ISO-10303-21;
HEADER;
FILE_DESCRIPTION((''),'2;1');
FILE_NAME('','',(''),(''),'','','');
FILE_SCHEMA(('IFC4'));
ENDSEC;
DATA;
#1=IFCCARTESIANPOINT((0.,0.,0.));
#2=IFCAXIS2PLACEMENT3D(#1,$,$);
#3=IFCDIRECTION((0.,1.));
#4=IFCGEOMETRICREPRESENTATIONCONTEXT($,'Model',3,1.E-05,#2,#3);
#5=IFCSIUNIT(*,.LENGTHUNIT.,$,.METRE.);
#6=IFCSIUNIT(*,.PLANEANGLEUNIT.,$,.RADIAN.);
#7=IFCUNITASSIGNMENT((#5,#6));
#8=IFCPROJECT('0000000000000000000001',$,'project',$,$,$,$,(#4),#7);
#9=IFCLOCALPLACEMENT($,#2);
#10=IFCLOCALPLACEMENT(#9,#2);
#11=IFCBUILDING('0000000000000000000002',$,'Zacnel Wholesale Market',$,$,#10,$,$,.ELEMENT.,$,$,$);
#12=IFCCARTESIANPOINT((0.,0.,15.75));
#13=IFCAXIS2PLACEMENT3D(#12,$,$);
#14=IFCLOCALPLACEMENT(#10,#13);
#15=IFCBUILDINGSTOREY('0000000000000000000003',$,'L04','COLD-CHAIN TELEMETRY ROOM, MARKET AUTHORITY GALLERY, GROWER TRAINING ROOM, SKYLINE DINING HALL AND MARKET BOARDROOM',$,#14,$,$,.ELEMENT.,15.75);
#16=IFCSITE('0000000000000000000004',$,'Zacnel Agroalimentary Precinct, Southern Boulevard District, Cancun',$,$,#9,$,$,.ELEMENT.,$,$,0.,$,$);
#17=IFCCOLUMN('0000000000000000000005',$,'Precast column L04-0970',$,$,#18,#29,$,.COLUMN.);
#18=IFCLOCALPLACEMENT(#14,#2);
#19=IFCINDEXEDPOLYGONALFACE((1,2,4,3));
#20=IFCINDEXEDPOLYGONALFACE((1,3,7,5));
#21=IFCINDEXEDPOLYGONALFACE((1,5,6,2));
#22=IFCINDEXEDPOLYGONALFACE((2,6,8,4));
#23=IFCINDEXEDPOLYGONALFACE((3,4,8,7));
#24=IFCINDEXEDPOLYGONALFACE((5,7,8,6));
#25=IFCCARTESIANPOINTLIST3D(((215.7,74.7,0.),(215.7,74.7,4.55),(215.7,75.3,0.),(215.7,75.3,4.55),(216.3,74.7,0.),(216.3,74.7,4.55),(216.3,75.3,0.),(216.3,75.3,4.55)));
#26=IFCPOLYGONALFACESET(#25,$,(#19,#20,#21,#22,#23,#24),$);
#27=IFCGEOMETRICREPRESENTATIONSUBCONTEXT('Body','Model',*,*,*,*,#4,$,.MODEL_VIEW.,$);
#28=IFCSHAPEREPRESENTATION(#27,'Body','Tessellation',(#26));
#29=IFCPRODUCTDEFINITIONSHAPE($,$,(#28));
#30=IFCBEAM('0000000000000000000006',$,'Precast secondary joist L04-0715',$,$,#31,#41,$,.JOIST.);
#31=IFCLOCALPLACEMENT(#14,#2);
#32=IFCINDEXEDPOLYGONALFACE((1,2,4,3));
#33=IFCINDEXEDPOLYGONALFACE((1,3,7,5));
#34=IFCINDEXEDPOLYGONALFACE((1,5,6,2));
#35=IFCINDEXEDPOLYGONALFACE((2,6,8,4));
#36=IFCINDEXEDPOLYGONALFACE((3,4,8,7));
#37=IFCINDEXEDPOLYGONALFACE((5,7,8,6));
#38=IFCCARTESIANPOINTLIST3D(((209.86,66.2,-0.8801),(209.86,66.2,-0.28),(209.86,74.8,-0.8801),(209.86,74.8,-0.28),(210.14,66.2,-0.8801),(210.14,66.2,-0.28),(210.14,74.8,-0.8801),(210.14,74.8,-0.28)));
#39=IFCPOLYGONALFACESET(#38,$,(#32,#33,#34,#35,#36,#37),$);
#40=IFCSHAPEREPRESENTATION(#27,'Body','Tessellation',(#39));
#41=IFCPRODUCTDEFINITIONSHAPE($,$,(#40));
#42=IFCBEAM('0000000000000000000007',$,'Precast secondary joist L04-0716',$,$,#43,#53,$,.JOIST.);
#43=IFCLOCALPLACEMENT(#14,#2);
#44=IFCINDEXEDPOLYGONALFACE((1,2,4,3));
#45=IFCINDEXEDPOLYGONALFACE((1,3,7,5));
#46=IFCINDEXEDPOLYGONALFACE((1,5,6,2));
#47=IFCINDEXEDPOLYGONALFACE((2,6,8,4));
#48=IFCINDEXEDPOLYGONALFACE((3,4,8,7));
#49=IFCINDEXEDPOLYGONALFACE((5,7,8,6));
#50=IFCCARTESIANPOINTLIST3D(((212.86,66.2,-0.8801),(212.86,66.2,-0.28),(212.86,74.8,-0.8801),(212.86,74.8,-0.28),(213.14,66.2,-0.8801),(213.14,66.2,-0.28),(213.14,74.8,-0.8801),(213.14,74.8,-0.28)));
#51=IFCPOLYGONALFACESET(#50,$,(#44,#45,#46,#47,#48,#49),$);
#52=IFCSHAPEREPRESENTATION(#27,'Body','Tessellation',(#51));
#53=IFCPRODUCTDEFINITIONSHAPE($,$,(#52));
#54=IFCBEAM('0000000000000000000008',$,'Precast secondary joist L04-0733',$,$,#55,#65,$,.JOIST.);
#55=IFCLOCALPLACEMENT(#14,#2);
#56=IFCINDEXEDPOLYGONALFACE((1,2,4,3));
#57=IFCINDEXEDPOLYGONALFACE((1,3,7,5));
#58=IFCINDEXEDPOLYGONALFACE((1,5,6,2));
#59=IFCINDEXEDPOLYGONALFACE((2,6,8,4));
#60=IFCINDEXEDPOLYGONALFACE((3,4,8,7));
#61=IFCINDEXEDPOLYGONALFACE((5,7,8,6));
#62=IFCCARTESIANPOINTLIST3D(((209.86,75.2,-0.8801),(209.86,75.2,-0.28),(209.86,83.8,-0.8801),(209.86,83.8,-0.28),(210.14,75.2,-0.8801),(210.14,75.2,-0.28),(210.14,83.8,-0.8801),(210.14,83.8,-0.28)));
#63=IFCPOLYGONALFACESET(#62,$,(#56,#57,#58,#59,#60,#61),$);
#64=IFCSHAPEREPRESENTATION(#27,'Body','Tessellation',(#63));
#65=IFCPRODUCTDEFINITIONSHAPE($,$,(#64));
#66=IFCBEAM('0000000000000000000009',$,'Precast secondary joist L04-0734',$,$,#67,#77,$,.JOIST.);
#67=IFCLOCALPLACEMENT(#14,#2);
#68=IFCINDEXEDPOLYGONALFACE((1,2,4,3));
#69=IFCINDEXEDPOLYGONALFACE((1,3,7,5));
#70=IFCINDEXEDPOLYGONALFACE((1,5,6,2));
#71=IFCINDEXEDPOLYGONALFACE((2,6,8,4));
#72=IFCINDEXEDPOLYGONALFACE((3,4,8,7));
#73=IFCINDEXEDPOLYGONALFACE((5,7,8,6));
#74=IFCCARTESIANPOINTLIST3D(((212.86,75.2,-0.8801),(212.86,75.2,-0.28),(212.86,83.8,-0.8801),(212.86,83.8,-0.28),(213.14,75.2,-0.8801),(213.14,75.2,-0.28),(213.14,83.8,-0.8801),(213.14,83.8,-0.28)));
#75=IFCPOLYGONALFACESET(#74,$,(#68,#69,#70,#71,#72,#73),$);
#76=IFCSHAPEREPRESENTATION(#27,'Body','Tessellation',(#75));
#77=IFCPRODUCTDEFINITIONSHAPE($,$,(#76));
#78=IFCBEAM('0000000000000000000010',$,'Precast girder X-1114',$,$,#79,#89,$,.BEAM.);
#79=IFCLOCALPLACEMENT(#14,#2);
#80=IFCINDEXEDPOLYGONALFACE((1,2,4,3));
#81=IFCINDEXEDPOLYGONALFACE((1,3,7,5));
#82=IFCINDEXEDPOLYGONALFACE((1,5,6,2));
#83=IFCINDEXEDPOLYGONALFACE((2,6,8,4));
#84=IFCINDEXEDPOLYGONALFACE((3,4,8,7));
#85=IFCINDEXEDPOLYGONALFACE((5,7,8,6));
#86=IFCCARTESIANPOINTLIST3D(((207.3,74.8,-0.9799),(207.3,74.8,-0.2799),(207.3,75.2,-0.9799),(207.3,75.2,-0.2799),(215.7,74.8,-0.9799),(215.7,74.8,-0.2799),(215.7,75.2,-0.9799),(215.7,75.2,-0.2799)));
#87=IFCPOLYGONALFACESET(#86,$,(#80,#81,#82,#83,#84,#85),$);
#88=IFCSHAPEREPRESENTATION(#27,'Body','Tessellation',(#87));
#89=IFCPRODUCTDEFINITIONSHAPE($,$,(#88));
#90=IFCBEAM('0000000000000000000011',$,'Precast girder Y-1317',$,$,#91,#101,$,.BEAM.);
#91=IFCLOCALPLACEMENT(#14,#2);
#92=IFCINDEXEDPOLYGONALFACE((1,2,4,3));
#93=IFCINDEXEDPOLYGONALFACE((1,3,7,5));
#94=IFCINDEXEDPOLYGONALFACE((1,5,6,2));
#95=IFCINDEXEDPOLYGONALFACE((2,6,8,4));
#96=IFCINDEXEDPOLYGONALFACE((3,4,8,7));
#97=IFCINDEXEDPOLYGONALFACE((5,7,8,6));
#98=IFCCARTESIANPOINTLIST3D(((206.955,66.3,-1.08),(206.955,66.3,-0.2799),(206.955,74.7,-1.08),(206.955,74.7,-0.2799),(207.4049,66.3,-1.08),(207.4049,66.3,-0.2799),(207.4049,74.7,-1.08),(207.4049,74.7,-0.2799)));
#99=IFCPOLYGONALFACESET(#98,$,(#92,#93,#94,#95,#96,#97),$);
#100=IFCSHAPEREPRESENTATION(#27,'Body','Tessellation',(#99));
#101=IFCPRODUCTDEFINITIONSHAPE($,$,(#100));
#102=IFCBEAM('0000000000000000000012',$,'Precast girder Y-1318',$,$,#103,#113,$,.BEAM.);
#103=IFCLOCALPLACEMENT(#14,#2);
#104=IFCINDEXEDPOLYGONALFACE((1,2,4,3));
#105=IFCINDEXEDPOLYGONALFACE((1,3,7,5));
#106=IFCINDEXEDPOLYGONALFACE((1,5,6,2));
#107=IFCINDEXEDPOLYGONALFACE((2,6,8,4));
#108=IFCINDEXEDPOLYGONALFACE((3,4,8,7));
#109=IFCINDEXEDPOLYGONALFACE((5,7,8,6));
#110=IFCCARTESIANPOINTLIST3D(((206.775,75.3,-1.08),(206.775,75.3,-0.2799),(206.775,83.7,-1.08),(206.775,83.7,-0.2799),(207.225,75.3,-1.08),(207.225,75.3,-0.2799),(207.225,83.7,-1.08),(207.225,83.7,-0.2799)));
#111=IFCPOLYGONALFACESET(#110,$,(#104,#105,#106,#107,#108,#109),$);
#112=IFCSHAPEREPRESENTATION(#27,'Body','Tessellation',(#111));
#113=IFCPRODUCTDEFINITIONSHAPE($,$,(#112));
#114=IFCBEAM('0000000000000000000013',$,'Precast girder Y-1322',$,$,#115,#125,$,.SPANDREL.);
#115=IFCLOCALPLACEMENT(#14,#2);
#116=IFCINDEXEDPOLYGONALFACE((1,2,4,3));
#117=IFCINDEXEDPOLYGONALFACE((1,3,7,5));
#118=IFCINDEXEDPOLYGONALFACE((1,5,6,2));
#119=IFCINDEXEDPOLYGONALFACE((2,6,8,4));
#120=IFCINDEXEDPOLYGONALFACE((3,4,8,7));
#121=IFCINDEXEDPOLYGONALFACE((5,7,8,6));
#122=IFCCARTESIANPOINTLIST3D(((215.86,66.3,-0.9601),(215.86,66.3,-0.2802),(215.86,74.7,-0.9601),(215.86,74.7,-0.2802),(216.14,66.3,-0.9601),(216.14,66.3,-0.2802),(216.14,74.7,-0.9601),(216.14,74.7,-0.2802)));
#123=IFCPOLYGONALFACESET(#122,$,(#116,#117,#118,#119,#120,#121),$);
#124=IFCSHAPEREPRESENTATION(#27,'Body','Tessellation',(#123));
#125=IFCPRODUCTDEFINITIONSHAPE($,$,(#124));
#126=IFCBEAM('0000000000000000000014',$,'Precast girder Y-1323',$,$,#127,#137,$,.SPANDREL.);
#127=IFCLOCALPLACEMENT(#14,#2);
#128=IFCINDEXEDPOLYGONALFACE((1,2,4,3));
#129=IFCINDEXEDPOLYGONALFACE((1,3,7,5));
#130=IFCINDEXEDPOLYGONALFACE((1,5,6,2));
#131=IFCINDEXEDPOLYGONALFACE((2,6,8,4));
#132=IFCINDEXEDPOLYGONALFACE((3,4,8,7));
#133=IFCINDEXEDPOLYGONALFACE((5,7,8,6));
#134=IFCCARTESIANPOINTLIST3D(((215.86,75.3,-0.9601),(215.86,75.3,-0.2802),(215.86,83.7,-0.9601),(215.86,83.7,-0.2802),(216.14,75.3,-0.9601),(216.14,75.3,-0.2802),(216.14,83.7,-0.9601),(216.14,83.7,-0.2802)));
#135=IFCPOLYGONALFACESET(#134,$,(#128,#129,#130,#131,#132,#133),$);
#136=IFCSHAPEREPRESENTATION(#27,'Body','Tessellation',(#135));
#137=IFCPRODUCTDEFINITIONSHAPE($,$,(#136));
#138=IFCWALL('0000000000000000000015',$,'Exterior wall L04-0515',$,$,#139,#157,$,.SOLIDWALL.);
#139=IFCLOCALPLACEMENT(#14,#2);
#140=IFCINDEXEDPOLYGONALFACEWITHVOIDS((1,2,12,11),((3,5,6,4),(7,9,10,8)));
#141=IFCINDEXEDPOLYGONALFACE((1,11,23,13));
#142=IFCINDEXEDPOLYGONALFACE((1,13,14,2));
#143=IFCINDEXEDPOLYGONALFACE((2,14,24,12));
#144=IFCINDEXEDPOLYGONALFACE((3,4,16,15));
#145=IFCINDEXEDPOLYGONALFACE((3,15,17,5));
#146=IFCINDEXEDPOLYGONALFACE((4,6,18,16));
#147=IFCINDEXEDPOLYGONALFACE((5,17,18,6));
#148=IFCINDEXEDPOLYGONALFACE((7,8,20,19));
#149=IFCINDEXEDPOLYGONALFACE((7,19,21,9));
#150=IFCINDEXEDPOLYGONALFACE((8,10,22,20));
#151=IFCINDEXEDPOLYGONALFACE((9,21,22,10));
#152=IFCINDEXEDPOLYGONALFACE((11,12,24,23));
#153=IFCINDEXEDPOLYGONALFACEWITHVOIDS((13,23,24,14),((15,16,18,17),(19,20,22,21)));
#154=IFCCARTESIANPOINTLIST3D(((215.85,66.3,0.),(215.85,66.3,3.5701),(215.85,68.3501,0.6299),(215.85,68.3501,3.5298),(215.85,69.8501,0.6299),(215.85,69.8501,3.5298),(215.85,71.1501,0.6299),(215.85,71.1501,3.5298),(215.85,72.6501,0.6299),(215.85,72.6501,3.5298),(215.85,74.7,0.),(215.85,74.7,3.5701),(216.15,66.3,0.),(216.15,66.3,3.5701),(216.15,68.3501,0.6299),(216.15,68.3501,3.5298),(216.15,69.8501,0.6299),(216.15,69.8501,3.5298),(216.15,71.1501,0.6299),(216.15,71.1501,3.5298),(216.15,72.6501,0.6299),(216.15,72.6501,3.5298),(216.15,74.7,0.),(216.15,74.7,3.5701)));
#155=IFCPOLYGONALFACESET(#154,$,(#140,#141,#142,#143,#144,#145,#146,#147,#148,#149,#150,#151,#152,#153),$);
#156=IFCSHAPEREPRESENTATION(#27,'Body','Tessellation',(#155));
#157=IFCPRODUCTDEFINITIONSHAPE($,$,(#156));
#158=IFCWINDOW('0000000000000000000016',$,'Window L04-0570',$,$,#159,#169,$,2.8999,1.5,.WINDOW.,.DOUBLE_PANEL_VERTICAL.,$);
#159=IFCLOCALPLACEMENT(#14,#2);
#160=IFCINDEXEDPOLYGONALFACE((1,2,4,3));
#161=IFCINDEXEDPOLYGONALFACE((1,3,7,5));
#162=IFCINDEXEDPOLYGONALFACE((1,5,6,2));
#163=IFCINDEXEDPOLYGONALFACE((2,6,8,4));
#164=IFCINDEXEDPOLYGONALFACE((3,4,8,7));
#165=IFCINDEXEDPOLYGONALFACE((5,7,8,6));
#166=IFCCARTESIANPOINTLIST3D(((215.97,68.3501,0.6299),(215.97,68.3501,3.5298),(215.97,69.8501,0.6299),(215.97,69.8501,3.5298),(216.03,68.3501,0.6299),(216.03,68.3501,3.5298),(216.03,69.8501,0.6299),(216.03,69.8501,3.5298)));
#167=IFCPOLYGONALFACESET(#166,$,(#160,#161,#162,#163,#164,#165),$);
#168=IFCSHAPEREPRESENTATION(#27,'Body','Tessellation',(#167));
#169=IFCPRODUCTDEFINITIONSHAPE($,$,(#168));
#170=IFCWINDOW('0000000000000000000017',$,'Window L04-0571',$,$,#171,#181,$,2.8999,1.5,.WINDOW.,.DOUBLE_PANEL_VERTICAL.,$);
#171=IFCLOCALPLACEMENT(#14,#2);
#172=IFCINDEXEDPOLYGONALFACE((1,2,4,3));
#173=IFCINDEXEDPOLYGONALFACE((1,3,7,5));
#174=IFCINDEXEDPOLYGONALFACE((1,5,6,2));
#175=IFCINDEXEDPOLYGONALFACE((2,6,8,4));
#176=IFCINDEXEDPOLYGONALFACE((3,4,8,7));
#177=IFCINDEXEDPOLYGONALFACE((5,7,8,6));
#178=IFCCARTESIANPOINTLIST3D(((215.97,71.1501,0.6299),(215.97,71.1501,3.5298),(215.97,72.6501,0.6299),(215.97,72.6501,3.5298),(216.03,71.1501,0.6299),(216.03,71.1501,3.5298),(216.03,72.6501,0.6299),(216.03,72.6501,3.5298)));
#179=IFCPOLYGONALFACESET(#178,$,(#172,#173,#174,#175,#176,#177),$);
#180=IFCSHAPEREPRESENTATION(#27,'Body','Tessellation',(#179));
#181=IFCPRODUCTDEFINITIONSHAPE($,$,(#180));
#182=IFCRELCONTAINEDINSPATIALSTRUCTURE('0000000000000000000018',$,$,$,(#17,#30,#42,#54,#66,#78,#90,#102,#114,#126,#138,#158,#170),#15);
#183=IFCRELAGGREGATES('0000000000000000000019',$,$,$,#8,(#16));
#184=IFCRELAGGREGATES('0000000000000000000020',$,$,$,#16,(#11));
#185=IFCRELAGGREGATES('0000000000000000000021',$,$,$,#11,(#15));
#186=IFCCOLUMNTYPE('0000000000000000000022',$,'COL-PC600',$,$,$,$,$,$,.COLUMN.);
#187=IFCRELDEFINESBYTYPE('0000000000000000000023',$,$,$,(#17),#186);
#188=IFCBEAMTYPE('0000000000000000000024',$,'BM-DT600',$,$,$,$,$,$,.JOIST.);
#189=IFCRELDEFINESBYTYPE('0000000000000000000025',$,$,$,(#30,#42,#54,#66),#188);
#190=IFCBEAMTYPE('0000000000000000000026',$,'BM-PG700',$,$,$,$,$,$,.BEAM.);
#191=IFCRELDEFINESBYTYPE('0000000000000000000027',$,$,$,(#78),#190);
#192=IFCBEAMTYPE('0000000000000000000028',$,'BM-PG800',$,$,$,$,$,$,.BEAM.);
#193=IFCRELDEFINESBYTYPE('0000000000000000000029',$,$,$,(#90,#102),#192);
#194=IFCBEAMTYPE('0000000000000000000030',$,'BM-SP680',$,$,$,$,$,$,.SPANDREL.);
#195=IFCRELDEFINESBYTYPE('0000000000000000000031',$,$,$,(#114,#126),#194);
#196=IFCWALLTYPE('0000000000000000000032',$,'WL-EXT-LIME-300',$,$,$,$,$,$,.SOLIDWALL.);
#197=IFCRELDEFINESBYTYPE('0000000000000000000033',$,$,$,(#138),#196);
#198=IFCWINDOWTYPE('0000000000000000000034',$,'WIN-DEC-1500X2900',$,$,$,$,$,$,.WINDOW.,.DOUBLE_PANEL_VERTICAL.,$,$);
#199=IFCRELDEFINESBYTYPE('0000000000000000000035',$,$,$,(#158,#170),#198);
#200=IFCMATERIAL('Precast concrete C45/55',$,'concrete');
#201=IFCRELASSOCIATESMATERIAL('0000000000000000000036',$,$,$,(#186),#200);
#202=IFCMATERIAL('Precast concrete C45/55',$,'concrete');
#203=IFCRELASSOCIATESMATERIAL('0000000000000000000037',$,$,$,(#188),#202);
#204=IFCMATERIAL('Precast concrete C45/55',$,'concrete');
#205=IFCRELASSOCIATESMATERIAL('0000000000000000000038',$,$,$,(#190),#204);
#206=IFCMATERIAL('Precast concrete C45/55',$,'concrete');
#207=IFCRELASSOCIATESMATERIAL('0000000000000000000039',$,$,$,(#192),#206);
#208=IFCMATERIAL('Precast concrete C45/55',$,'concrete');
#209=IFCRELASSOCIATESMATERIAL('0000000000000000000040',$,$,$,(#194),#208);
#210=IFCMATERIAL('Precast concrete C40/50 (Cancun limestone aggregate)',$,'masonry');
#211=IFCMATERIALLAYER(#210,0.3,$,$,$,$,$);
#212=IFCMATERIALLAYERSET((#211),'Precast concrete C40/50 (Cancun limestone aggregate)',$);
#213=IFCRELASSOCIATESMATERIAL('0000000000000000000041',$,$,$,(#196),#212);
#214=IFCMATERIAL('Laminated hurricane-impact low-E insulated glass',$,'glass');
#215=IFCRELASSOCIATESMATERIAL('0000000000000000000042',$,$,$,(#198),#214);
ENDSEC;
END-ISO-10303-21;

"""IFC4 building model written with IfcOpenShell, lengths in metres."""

from ifc_helpers import new_model, si_unit, direction, frame, frame_2d, origin, origin_2d, place, context, subcontext, project, spatial, rectangle, extrude, material, layer, layer_set, material_profile, profile_set, type_object, element, fill, save


model = new_model("IFC4")

# Units and contexts
model_context = context("Model", 3, precision=1e-05, world=origin(), true_north=direction((0.0, 1.0)))
body_context = subcontext(model_context, "Body", "Model", "MODEL_VIEW")
ifc_project = project(units=[si_unit("LENGTHUNIT", "METRE"), si_unit("PLANEANGLEUNIT", "RADIAN")], contexts=[model_context])

# Site, building, storey
site_placement = place(None, origin())
site = spatial("IfcSite", under=ifc_project, at=site_placement, Name="Zacnel Agroalimentary Precinct, Southern Boulevard District, Cancun", CompositionType="ELEMENT", RefElevation=0.0)
building_placement = place(site_placement, origin())
building = spatial("IfcBuilding", under=site, at=building_placement, Name="Zacnel Wholesale Market", CompositionType="ELEMENT")
storey_placement = place(building_placement, frame((0.0, 0.0, 15.75)))
storey = spatial("IfcBuildingStorey", under=building, at=storey_placement, Name="L04", Description="COLD-CHAIN TELEMETRY ROOM, MARKET AUTHORITY GALLERY, GROWER TRAINING ROOM, SKYLINE DINING HALL AND MARKET BOARDROOM", CompositionType="ELEMENT", Elevation=15.75)

# Column
ifc_material_1 = material(Name="Precast concrete C45/55", Category="concrete")
ifc_material_profile_1 = material_profile(ifc_material_1, rectangle(XDim=0.6001, YDim=0.6001, at=origin_2d()), Name="PC 600x600")
ifc_profile_set_1 = profile_set([ifc_material_profile_1], Name="Precast concrete C45/55")
column_type = type_object("IfcColumnType", Name="COL-PC600", PredefinedType="COLUMN", material=ifc_profile_set_1)
column_placement = place(storey_placement, frame((216.0, 75.0, 0.0), z_axis=(0.0, 0.0, 1.0), x_axis=(1.0, 0.0, 0.0)))
element("IfcColumn", 1, at=column_placement, inside=storey, type_object=column_type, Name="Precast column L04-0970", PredefinedType="COLUMN", context=body_context, shape_type="SweptSolid", body=[
    extrude(rectangle(XDim=0.6001, YDim=0.6001, at=origin_2d()), origin(), (0.0, 0.0, 1.0), 4.55),
])

# Beams
ifc_material_2 = material(Name="Precast concrete C45/55", Category="concrete")
ifc_material_profile_2 = material_profile(ifc_material_2, rectangle(XDim=0.28, YDim=0.6001, at=origin_2d()), Name="DT RIB 280x600")
ifc_profile_set_2 = profile_set([ifc_material_profile_2], Name="Precast concrete C45/55")
beam_type_1 = type_object("IfcBeamType", Name="BM-DT600", PredefinedType="JOIST", material=ifc_profile_set_2)
for number, where, z_axis, x_axis, name in (
    (2, (210.0, 66.2, -0.5801), (0.0, 1.0, 0.0), (-1.0, 0.0, 0.0), "Precast secondary joist L04-0715"),
    (3, (213.0, 66.2, -0.5801), (0.0, 1.0, 0.0), (-1.0, 0.0, 0.0), "Precast secondary joist L04-0716"),
    (4, (210.0, 75.2, -0.5801), (0.0, 1.0, 0.0), (-1.0, 0.0, 0.0), "Precast secondary joist L04-0733"),
    (5, (213.0, 75.2, -0.5801), (0.0, 1.0, 0.0), (-1.0, 0.0, 0.0), "Precast secondary joist L04-0734"),
):
    element("IfcBeam", number, at=place(storey_placement, frame(where, z_axis=z_axis, x_axis=x_axis)), inside=storey, type_object=beam_type_1, Name=name, PredefinedType="JOIST", context=body_context, shape_type="SweptSolid", body=[
        extrude(rectangle(XDim=0.28, YDim=0.6001, at=origin_2d()), origin(), (0.0, 0.0, 1.0), 8.6001),
    ])
ifc_material_3 = material(Name="Precast concrete C45/55", Category="concrete")
ifc_material_profile_3 = material_profile(ifc_material_3, rectangle(XDim=0.3999, YDim=0.7, at=origin_2d()), Name="PG 400x700")
ifc_profile_set_3 = profile_set([ifc_material_profile_3], Name="Precast concrete C45/55")
beam_type_2 = type_object("IfcBeamType", Name="BM-PG700", PredefinedType="BEAM", material=ifc_profile_set_3)
beam_placement = place(storey_placement, frame((207.3, 75.0, -0.6299), z_axis=(1.0, 0.0, 0.0), x_axis=(0.0, 1.0, 0.0)))
element("IfcBeam", 6, at=beam_placement, inside=storey, type_object=beam_type_2, Name="Precast girder X-1114", PredefinedType="BEAM", context=body_context, shape_type="SweptSolid", body=[
    extrude(rectangle(XDim=0.3999, YDim=0.7, at=origin_2d()), origin(), (0.0, 0.0, 1.0), 8.3999),
])
ifc_material_4 = material(Name="Precast concrete C45/55", Category="concrete")
ifc_material_profile_4 = material_profile(ifc_material_4, rectangle(XDim=0.45, YDim=0.8, at=origin_2d()), Name="PG 450x800")
ifc_profile_set_4 = profile_set([ifc_material_profile_4], Name="Precast concrete C45/55")
beam_type_3 = type_object("IfcBeamType", Name="BM-PG800", PredefinedType="BEAM", material=ifc_profile_set_4)
for number, where, z_axis, x_axis, name in (
    (7, (207.1799, 66.3, -0.6799), (0.0, 1.0, 0.0), (-1.0, 0.0, 0.0), "Precast girder Y-1317"),
    (8, (207.0, 75.3, -0.6799), (0.0, 1.0, 0.0), (-1.0, 0.0, 0.0), "Precast girder Y-1318"),
):
    element("IfcBeam", number, at=place(storey_placement, frame(where, z_axis=z_axis, x_axis=x_axis)), inside=storey, type_object=beam_type_3, Name=name, PredefinedType="BEAM", context=body_context, shape_type="SweptSolid", body=[
        extrude(rectangle(XDim=0.45, YDim=0.8, at=origin_2d()), origin(), (0.0, 0.0, 1.0), 8.3999),
    ])
ifc_material_5 = material(Name="Precast concrete C45/55", Category="concrete")
ifc_material_profile_5 = material_profile(ifc_material_5, rectangle(XDim=0.28, YDim=0.6799, at=origin_2d()), Name="SP 280x680")
ifc_profile_set_5 = profile_set([ifc_material_profile_5], Name="Precast concrete C45/55")
beam_type_4 = type_object("IfcBeamType", Name="BM-SP680", PredefinedType="SPANDREL", material=ifc_profile_set_5)
for number, where, z_axis, x_axis, name in (
    (9, (216.0, 66.3, -0.6201), (0.0, 1.0, 0.0), (-1.0, 0.0, 0.0), "Precast girder Y-1322"),
    (10, (216.0, 75.3, -0.6201), (0.0, 1.0, 0.0), (-1.0, 0.0, 0.0), "Precast girder Y-1323"),
):
    element("IfcBeam", number, at=place(storey_placement, frame(where, z_axis=z_axis, x_axis=x_axis)), inside=storey, type_object=beam_type_4, Name=name, PredefinedType="SPANDREL", context=body_context, shape_type="SweptSolid", body=[
        extrude(rectangle(XDim=0.28, YDim=0.6799, at=origin_2d()), origin(), (0.0, 0.0, 1.0), 8.3999),
    ])

# Wall, openings, windows
ifc_material_6 = material(Name="Precast concrete C40/50 (Cancun limestone aggregate)", Category="masonry")
ifc_layer_1 = layer(ifc_material_6, 0.3)
ifc_layer_set_1 = layer_set([ifc_layer_1], Name="Precast concrete C40/50 (Cancun limestone aggregate)")
wall_type = type_object("IfcWallType", Name="WL-EXT-LIME-300", PredefinedType="SOLIDWALL", material=ifc_layer_set_1)
wall_1_placement = place(storey_placement, frame((216.0, 66.3, 0.0), z_axis=(0.0, 0.0, 1.0), x_axis=(0.0, 1.0, 0.0)))
wall_1 = element("IfcWall", 11, at=wall_1_placement, inside=storey, type_object=wall_type, Name="Exterior wall L04-0515", PredefinedType="SOLIDWALL", context=body_context, shape_type="SweptSolid", body=[
    extrude(rectangle(XDim=8.3999, YDim=0.3, at=frame_2d((4.2, 0.0))), origin(), (0.0, 0.0, 1.0), 3.5701),
])
opening_1_placement = place(wall_1_placement, frame((2.05, 0.0, 0.6299)))
opening_1 = element("IfcOpeningElement", 12, at=opening_1_placement, cuts=wall_1, PredefinedType="OPENING", context=body_context, shape_type="SweptSolid", body=[
    extrude(rectangle(XDim=1.5, YDim=2.8999, at=frame_2d((0.75, 1.45))), frame((0.0, 0.1599, 0.0), z_axis=(0.0, -1.0, 0.0), x_axis=(1.0, 0.0, 0.0)), (0.0, 0.0, 1.0), 0.3201),
])
opening_2_placement = place(wall_1_placement, frame((4.8501, 0.0, 0.6299)))
opening_2 = element("IfcOpeningElement", 13, at=opening_2_placement, cuts=wall_1, PredefinedType="OPENING", context=body_context, shape_type="SweptSolid", body=[
    extrude(rectangle(XDim=1.5, YDim=2.8999, at=frame_2d((0.75, 1.45))), frame((0.0, 0.1599, 0.0), z_axis=(0.0, -1.0, 0.0), x_axis=(1.0, 0.0, 0.0)), (0.0, 0.0, 1.0), 0.3201),
])
ifc_material_7 = material(Name="Laminated hurricane-impact low-E insulated glass", Category="glass")
window_type = type_object("IfcWindowType", Name="WIN-DEC-1500X2900", PartitioningType="DOUBLE_PANEL_VERTICAL", PredefinedType="WINDOW", material=ifc_material_7)
window_1_placement = place(opening_1_placement, origin())
window_1 = element("IfcWindow", 14, at=window_1_placement, inside=storey, type_object=window_type, Name="Window L04-0570", OverallHeight=2.8999, OverallWidth=1.5, PartitioningType="DOUBLE_PANEL_VERTICAL", PredefinedType="WINDOW", context=body_context, shape_type="SweptSolid", body=[
    extrude(rectangle(XDim=1.5, YDim=2.8999, at=frame_2d((0.75, 1.45))), frame((0.0, 0.03, 0.0), z_axis=(0.0, -1.0, 0.0), x_axis=(1.0, 0.0, 0.0)), (0.0, 0.0, 1.0), 0.0601),
])
fill(opening_1, window_1)
window_2_placement = place(opening_2_placement, origin())
window_2 = element("IfcWindow", 15, at=window_2_placement, inside=storey, type_object=window_type, Name="Window L04-0571", OverallHeight=2.8999, OverallWidth=1.5, PartitioningType="DOUBLE_PANEL_VERTICAL", PredefinedType="WINDOW", context=body_context, shape_type="SweptSolid", body=[
    extrude(rectangle(XDim=1.5, YDim=2.8999, at=frame_2d((0.75, 1.45))), frame((0.0, 0.03, 0.0), z_axis=(0.0, -1.0, 0.0), x_axis=(1.0, 0.0, 0.0)), (0.0, 0.0, 1.0), 0.0601),
])
fill(opening_2, window_2)

save(model, "model.ifc")
